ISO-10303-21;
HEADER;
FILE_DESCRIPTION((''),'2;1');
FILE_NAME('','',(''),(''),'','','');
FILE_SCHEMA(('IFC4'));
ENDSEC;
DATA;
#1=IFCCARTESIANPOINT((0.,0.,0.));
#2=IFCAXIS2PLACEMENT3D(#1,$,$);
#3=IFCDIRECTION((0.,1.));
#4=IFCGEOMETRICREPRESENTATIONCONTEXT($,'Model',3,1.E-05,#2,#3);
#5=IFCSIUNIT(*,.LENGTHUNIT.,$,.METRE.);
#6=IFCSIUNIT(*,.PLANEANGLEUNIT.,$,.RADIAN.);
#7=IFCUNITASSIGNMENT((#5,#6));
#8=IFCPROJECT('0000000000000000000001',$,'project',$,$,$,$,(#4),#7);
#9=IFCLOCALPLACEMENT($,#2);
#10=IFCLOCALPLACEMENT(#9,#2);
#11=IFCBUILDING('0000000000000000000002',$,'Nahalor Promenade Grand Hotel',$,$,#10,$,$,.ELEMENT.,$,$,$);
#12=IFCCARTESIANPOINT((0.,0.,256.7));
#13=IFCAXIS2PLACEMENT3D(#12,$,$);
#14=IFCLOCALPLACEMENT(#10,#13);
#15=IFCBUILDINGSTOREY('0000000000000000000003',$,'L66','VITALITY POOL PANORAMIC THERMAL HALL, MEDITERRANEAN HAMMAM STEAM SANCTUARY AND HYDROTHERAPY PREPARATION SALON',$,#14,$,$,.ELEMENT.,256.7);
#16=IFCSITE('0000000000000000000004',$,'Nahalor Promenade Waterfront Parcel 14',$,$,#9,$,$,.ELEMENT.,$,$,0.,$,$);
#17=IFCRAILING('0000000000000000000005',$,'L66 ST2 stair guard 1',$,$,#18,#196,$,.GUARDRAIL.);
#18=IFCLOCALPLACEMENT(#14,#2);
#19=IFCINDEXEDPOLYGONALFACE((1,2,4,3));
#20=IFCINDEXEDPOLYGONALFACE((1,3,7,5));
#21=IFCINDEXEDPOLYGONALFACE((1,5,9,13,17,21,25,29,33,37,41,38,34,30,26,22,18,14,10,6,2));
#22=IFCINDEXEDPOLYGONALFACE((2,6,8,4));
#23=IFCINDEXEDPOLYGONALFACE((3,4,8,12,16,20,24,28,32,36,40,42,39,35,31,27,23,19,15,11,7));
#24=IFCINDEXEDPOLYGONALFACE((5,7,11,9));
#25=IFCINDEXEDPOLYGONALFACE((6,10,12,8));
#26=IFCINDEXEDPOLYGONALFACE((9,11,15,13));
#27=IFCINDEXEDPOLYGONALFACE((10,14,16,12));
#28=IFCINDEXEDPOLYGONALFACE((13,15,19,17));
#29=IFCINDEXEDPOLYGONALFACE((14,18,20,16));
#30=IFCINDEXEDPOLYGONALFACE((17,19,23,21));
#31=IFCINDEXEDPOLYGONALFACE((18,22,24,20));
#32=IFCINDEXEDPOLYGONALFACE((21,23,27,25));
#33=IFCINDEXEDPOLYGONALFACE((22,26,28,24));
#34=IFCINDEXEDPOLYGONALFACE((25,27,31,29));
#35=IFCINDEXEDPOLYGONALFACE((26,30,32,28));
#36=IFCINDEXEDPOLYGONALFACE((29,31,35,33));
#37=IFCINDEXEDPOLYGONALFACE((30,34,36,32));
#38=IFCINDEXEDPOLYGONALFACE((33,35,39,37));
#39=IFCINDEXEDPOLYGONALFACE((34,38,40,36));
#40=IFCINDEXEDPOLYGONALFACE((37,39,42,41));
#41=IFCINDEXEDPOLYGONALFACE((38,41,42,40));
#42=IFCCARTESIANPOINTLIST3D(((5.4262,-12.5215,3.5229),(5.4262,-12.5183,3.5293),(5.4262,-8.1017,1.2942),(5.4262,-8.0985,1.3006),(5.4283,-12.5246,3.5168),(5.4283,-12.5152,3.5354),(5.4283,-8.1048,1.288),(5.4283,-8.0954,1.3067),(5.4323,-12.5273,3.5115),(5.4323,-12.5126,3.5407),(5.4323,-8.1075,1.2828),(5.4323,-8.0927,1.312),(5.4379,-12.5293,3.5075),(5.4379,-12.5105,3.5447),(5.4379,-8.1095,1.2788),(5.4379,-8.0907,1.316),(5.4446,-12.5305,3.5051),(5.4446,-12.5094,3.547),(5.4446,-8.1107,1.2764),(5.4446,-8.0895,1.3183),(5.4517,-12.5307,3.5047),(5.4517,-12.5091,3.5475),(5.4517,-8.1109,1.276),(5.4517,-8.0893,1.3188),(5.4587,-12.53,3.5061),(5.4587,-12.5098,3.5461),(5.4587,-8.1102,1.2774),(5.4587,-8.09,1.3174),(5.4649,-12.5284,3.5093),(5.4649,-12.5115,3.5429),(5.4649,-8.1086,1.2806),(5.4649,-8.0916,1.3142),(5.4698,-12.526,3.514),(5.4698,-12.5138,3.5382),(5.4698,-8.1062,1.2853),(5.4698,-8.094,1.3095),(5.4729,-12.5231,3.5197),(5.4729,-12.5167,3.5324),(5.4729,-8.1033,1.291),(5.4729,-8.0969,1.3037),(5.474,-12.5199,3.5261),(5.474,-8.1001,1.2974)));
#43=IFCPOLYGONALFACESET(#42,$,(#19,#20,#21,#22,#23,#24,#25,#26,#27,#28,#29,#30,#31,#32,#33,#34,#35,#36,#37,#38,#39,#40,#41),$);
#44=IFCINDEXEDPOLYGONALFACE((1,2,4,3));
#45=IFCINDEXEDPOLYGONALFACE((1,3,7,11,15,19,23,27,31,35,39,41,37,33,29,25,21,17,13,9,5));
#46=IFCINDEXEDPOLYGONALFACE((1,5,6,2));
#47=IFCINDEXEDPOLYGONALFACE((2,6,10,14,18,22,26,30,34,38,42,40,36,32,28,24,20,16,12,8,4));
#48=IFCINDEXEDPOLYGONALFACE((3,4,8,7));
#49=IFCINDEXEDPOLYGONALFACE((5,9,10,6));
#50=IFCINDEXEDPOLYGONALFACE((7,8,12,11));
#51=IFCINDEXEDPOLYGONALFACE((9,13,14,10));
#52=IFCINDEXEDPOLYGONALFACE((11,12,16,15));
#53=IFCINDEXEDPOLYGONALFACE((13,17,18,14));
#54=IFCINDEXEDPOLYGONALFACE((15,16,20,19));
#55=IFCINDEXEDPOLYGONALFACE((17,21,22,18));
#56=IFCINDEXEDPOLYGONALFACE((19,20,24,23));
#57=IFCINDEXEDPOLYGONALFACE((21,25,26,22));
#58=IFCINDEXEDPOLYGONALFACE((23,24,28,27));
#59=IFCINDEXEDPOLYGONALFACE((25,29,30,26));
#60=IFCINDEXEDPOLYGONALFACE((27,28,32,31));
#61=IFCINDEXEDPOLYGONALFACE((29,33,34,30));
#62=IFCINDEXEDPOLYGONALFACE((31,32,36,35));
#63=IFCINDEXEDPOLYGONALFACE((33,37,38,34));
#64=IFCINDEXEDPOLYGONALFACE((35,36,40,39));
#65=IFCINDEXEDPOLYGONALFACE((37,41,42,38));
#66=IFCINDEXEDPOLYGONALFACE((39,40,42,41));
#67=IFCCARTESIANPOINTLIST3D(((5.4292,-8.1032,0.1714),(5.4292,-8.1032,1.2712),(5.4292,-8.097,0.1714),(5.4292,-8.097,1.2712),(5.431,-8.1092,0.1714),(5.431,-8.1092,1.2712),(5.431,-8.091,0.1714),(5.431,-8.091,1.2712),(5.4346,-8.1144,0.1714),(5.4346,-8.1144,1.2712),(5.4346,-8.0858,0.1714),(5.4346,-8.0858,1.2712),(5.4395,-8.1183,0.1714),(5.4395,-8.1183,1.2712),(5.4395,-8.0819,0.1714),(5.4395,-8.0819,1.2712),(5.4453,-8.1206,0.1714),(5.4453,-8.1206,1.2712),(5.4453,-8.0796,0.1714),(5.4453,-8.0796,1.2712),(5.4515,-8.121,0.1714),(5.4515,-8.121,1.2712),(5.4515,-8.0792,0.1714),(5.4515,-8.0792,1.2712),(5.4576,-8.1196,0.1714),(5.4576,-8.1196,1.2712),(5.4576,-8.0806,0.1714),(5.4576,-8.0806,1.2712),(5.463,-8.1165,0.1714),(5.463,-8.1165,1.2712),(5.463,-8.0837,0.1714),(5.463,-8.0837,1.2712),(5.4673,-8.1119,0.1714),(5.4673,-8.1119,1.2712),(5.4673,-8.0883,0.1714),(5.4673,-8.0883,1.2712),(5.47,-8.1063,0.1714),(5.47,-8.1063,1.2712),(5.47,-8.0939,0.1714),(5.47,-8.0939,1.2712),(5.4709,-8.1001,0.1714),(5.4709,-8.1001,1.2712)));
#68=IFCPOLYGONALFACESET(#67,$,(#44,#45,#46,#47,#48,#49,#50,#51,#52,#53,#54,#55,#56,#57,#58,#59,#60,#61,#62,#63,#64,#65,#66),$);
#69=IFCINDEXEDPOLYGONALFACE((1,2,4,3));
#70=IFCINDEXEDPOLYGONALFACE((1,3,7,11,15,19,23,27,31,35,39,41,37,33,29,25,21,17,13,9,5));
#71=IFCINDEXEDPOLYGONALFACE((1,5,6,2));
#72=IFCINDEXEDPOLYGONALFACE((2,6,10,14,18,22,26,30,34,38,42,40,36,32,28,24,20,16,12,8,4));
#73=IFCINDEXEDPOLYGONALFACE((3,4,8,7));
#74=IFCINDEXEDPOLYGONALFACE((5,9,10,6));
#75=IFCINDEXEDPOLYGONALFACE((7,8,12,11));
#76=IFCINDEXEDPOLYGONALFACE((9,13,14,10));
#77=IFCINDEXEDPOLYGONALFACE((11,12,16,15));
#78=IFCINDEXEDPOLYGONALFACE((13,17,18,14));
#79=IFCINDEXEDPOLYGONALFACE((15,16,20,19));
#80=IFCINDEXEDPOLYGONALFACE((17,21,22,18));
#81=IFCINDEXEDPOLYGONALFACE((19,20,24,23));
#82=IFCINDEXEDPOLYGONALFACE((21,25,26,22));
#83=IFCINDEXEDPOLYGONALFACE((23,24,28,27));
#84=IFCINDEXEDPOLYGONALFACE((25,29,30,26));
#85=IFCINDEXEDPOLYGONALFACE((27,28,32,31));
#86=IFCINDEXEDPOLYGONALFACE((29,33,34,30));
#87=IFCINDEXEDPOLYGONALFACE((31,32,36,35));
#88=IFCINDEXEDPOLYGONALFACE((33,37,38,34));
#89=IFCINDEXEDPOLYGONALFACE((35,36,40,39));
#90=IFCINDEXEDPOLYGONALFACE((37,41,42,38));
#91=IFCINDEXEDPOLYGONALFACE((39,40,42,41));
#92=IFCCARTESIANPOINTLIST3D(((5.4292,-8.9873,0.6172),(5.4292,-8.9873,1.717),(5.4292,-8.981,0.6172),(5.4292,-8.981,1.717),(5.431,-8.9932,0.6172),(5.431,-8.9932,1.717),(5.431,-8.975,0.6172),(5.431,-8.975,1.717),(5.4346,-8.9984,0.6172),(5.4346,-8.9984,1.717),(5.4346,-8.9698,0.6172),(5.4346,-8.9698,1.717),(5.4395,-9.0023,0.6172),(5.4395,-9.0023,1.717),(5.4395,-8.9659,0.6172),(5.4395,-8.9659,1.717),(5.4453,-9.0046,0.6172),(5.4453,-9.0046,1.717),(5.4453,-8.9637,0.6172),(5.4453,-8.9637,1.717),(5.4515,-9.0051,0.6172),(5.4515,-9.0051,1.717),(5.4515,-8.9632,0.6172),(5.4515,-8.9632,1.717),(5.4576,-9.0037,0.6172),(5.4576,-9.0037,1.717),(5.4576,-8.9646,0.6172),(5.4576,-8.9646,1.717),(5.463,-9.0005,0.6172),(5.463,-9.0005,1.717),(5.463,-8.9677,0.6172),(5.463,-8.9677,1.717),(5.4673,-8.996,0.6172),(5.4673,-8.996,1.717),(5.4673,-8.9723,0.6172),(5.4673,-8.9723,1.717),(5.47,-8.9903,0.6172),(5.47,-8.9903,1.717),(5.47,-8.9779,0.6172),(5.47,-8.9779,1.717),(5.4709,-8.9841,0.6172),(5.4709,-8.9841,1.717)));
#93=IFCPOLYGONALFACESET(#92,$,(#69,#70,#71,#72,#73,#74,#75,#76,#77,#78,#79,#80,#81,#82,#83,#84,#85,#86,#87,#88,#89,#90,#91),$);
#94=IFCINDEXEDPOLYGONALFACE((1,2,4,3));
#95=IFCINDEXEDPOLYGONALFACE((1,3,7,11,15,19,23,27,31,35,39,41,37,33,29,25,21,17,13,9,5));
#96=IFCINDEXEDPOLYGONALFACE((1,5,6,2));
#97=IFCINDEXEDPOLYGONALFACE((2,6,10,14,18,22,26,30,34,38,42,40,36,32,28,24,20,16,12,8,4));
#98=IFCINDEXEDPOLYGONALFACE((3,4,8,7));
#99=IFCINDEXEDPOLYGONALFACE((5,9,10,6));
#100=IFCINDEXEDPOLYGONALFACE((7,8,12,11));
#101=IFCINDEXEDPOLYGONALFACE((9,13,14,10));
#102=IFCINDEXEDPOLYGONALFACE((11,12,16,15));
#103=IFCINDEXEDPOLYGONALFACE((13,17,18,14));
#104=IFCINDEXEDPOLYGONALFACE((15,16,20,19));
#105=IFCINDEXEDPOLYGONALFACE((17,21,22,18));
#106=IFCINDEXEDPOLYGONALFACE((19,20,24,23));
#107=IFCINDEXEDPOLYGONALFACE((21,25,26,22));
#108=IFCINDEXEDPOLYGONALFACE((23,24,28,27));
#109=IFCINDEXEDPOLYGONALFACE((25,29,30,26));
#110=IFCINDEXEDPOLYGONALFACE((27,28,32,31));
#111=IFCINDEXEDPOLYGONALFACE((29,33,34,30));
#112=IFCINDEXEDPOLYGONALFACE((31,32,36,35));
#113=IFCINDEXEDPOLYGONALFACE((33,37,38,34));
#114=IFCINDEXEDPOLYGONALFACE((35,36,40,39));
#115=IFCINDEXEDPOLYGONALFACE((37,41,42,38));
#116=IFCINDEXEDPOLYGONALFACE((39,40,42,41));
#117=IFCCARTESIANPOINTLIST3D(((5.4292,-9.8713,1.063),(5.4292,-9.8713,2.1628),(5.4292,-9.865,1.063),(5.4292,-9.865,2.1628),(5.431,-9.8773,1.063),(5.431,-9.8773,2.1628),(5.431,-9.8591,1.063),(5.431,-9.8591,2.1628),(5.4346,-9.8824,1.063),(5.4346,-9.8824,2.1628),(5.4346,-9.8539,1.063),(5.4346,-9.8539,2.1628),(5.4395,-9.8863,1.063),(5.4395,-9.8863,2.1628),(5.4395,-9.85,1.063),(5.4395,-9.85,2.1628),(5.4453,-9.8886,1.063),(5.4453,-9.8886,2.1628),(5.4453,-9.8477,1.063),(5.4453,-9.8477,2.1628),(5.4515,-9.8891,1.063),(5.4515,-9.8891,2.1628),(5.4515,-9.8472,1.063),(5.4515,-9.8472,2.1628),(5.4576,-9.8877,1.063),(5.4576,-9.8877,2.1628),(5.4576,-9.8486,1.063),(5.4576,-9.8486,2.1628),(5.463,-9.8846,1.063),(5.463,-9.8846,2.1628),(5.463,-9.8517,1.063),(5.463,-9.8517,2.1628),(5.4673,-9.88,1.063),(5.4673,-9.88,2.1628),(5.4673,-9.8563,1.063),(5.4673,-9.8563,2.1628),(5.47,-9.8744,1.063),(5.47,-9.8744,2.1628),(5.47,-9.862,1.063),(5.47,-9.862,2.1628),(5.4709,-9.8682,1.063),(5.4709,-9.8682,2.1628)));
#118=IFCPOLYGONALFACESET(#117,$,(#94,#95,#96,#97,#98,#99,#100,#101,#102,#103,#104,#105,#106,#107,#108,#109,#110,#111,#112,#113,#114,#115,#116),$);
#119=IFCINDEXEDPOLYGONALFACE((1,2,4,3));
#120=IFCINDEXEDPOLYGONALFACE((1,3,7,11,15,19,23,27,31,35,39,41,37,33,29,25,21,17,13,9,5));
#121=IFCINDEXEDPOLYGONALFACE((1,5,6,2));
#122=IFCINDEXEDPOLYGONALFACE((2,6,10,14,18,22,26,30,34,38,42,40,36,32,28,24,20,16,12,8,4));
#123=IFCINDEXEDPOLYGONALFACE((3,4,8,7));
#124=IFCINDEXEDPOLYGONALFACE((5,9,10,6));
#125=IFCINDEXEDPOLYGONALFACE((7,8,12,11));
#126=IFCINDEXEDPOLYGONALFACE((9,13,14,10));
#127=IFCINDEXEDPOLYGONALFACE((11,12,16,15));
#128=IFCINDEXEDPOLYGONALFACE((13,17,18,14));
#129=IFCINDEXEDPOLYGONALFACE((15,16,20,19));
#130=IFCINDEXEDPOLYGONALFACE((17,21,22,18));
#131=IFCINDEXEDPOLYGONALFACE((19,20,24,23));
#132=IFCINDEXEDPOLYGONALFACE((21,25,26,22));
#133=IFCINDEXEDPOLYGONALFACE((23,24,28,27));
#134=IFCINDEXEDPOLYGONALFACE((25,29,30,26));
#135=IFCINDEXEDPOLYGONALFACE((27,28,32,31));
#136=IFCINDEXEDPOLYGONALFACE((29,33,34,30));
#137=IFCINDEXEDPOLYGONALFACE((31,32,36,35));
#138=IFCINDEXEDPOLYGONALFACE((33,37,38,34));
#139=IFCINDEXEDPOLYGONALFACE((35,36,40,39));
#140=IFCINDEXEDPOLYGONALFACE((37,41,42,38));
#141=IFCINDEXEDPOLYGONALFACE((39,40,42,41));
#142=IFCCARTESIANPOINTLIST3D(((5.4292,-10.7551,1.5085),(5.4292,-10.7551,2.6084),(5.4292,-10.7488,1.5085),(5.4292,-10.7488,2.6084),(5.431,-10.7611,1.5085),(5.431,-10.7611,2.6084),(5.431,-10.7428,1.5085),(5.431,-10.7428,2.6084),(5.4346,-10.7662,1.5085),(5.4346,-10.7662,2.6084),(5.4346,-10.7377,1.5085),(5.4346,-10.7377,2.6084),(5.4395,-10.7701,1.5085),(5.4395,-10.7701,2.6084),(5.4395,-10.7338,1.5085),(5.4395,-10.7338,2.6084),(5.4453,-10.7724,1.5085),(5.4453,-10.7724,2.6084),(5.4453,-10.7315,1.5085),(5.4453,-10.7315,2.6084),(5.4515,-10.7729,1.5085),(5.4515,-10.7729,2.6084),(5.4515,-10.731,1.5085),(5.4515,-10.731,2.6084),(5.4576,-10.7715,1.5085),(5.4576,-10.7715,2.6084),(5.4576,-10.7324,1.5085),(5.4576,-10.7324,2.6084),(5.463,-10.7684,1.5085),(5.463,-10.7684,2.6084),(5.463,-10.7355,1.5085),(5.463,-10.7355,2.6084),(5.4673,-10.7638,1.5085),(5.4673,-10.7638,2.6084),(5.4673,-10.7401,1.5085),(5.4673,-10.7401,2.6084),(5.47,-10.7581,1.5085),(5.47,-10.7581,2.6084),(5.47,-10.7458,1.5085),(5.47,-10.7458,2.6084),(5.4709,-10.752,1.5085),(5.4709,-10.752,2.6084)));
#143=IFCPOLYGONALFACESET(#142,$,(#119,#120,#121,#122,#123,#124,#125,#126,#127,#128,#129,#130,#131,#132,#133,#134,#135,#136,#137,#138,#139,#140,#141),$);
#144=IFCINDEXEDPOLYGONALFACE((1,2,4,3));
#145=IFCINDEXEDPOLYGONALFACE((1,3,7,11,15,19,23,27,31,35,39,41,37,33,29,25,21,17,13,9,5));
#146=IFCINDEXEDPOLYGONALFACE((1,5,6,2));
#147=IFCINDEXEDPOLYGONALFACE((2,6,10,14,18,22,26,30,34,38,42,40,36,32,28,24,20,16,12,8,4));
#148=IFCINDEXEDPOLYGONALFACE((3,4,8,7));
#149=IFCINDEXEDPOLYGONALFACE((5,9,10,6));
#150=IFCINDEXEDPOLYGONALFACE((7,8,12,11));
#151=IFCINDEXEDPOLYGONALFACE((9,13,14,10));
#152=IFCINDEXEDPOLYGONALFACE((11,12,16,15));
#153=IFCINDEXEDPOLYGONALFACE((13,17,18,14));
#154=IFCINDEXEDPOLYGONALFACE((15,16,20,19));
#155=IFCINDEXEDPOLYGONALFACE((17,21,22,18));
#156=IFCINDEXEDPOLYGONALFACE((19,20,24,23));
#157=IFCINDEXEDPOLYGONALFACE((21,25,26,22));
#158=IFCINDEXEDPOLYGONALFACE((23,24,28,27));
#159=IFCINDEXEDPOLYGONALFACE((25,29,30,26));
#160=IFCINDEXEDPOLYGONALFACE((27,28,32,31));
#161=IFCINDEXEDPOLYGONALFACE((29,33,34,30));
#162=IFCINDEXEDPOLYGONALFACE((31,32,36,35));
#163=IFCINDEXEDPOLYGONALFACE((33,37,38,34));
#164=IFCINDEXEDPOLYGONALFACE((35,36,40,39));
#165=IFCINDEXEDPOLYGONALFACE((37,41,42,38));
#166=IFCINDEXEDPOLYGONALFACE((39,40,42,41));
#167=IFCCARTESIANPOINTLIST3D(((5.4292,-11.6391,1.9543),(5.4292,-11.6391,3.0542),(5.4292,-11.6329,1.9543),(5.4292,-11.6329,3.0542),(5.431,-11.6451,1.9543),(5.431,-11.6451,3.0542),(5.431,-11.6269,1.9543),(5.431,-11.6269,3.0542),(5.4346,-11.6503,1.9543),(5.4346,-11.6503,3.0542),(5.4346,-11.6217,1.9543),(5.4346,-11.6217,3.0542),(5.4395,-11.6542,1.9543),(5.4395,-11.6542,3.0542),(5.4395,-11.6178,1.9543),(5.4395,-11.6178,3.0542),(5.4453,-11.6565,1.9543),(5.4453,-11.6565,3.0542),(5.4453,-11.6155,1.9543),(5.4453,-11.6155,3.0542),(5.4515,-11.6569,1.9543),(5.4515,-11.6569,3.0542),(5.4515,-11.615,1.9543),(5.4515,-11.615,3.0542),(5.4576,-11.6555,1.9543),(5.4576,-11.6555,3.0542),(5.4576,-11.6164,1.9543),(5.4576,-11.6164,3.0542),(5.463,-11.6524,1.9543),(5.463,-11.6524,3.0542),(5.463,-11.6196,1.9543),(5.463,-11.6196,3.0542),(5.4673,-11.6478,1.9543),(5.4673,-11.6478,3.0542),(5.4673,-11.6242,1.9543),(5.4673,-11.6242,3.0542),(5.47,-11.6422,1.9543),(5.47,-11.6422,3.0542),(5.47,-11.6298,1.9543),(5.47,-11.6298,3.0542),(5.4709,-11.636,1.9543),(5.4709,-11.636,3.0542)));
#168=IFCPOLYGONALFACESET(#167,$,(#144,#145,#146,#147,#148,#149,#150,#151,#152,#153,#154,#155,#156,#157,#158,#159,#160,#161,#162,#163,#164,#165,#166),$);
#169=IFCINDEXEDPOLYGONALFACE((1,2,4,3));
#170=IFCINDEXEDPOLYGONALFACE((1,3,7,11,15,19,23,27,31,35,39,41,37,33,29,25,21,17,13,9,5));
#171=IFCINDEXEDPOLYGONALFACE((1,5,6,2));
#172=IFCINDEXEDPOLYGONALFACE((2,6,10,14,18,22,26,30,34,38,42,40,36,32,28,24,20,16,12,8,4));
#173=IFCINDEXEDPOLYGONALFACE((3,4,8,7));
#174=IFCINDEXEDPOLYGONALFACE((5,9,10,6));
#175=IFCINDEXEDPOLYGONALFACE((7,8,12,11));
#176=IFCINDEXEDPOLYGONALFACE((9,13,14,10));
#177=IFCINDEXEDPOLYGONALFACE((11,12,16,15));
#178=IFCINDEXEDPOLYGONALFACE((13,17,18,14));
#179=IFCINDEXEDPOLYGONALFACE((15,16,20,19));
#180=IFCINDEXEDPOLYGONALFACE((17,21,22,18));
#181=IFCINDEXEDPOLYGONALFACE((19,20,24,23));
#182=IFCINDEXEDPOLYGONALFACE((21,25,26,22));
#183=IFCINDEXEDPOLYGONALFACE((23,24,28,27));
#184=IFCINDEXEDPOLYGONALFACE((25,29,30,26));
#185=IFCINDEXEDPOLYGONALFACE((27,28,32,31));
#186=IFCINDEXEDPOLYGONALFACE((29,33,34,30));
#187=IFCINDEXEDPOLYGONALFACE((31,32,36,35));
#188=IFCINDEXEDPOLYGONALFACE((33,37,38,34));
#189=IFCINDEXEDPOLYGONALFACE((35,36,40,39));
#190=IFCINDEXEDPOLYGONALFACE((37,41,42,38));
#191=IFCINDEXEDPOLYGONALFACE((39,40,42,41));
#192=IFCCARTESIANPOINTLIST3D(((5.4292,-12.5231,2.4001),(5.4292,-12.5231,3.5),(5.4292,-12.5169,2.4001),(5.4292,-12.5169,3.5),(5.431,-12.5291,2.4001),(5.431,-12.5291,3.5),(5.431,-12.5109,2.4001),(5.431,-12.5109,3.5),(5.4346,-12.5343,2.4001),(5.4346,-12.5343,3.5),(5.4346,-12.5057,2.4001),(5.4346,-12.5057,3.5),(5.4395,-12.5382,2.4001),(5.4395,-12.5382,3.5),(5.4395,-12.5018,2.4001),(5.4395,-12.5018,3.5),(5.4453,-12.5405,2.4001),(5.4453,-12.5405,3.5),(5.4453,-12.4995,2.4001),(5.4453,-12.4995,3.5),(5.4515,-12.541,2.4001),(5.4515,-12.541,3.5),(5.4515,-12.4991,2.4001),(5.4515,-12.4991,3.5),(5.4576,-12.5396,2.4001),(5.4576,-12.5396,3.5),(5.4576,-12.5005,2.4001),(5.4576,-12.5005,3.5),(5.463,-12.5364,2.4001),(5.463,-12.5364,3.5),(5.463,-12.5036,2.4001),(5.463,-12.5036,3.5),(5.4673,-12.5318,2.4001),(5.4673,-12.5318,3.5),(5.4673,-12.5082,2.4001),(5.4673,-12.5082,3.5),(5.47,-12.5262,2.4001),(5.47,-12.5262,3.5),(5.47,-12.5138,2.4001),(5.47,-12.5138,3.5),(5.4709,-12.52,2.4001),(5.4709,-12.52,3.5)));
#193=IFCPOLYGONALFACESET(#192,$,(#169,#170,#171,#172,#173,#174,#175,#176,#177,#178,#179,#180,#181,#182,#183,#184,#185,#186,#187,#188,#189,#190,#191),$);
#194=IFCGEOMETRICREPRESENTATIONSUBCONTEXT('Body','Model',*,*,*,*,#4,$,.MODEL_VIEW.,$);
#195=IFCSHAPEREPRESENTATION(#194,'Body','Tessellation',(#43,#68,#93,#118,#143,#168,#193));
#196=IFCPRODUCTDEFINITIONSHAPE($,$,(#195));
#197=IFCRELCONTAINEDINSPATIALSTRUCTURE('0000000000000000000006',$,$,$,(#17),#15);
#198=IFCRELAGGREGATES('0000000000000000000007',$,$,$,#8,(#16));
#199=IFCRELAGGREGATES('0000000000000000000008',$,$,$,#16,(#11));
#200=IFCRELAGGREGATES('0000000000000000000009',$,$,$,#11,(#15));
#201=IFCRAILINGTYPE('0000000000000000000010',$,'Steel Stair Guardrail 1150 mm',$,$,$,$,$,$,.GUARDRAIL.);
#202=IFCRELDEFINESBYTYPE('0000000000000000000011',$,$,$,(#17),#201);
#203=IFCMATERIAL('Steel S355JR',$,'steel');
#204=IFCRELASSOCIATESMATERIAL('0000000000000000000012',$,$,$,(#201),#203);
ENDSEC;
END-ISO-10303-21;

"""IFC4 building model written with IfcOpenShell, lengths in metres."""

from ifc_helpers import new_model, si_unit, direction, frame, origin, origin_2d, place, context, subcontext, project, spatial, circle, extrude, material, type_object, element, save


model = new_model("IFC4")

# Units and contexts
model_context = context("Model", 3, precision=1e-05, world=origin(), true_north=direction((0.0, 1.0)))
body_context = subcontext(model_context, "Body", "Model", "MODEL_VIEW")
ifc_project = project(units=[si_unit("LENGTHUNIT", "METRE"), si_unit("PLANEANGLEUNIT", "RADIAN")], contexts=[model_context])

# Site, building, storey
site_placement = place(None, origin())
site = spatial("IfcSite", under=ifc_project, at=site_placement, Name="Nahalor Promenade Waterfront Parcel 14", CompositionType="ELEMENT", RefElevation=0.0)
building_placement = place(site_placement, origin())
building = spatial("IfcBuilding", under=site, at=building_placement, Name="Nahalor Promenade Grand Hotel", CompositionType="ELEMENT")
storey_placement = place(building_placement, frame((0.0, 0.0, 256.7)))
storey = spatial("IfcBuildingStorey", under=building, at=storey_placement, Name="L66", Description="VITALITY POOL PANORAMIC THERMAL HALL, MEDITERRANEAN HAMMAM STEAM SANCTUARY AND HYDROTHERAPY PREPARATION SALON", CompositionType="ELEMENT", Elevation=256.7)

# Shared definitions
ifc_material_1 = material(Name="Steel S355JR", Category="steel")

# Railing
railing_type_1 = type_object("IfcRailingType", Name="Steel Stair Guardrail 1150 mm", PredefinedType="GUARDRAIL", material=ifc_material_1)
railing_1_placement = place(storey_placement, frame((5.45, -8.1001, 0.1714)))
element("IfcRailing", 1, at=railing_1_placement, inside=storey, type_object=railing_type_1, Name="L66 ST2 stair guard 1", PredefinedType="GUARDRAIL", context=body_context, shape_type="SweptSolid", body=[
    extrude(circle(Radius=0.024, at=origin_2d()), frame((0.0, 0.0, 1.126), z_axis=(0.0, -0.892903, 0.450249), x_axis=(1.0, 0.0, 0.0)), (0.0, 0.0, 1.0), 4.95),
    extrude(circle(Radius=0.021, at=origin_2d()), origin(), (0.0, 0.0, 1.0), 1.0999),
    extrude(circle(Radius=0.021, at=origin_2d()), frame((0.0, -0.884, 0.4458)), (0.0, 0.0, 1.0), 1.0999),
    extrude(circle(Radius=0.021, at=origin_2d()), frame((0.0, -1.7681, 0.8916)), (0.0, 0.0, 1.0), 1.0999),
    extrude(circle(Radius=0.021, at=origin_2d()), frame((0.0, -2.6519, 1.3372)), (0.0, 0.0, 1.0), 1.0999),
    extrude(circle(Radius=0.021, at=origin_2d()), frame((0.0, -3.5359, 1.783)), (0.0, 0.0, 1.0), 1.0999),
    extrude(circle(Radius=0.021, at=origin_2d()), frame((0.0, -4.4199, 2.2288)), (0.0, 0.0, 1.0), 1.0999),
])

save(model, "model.ifc")
